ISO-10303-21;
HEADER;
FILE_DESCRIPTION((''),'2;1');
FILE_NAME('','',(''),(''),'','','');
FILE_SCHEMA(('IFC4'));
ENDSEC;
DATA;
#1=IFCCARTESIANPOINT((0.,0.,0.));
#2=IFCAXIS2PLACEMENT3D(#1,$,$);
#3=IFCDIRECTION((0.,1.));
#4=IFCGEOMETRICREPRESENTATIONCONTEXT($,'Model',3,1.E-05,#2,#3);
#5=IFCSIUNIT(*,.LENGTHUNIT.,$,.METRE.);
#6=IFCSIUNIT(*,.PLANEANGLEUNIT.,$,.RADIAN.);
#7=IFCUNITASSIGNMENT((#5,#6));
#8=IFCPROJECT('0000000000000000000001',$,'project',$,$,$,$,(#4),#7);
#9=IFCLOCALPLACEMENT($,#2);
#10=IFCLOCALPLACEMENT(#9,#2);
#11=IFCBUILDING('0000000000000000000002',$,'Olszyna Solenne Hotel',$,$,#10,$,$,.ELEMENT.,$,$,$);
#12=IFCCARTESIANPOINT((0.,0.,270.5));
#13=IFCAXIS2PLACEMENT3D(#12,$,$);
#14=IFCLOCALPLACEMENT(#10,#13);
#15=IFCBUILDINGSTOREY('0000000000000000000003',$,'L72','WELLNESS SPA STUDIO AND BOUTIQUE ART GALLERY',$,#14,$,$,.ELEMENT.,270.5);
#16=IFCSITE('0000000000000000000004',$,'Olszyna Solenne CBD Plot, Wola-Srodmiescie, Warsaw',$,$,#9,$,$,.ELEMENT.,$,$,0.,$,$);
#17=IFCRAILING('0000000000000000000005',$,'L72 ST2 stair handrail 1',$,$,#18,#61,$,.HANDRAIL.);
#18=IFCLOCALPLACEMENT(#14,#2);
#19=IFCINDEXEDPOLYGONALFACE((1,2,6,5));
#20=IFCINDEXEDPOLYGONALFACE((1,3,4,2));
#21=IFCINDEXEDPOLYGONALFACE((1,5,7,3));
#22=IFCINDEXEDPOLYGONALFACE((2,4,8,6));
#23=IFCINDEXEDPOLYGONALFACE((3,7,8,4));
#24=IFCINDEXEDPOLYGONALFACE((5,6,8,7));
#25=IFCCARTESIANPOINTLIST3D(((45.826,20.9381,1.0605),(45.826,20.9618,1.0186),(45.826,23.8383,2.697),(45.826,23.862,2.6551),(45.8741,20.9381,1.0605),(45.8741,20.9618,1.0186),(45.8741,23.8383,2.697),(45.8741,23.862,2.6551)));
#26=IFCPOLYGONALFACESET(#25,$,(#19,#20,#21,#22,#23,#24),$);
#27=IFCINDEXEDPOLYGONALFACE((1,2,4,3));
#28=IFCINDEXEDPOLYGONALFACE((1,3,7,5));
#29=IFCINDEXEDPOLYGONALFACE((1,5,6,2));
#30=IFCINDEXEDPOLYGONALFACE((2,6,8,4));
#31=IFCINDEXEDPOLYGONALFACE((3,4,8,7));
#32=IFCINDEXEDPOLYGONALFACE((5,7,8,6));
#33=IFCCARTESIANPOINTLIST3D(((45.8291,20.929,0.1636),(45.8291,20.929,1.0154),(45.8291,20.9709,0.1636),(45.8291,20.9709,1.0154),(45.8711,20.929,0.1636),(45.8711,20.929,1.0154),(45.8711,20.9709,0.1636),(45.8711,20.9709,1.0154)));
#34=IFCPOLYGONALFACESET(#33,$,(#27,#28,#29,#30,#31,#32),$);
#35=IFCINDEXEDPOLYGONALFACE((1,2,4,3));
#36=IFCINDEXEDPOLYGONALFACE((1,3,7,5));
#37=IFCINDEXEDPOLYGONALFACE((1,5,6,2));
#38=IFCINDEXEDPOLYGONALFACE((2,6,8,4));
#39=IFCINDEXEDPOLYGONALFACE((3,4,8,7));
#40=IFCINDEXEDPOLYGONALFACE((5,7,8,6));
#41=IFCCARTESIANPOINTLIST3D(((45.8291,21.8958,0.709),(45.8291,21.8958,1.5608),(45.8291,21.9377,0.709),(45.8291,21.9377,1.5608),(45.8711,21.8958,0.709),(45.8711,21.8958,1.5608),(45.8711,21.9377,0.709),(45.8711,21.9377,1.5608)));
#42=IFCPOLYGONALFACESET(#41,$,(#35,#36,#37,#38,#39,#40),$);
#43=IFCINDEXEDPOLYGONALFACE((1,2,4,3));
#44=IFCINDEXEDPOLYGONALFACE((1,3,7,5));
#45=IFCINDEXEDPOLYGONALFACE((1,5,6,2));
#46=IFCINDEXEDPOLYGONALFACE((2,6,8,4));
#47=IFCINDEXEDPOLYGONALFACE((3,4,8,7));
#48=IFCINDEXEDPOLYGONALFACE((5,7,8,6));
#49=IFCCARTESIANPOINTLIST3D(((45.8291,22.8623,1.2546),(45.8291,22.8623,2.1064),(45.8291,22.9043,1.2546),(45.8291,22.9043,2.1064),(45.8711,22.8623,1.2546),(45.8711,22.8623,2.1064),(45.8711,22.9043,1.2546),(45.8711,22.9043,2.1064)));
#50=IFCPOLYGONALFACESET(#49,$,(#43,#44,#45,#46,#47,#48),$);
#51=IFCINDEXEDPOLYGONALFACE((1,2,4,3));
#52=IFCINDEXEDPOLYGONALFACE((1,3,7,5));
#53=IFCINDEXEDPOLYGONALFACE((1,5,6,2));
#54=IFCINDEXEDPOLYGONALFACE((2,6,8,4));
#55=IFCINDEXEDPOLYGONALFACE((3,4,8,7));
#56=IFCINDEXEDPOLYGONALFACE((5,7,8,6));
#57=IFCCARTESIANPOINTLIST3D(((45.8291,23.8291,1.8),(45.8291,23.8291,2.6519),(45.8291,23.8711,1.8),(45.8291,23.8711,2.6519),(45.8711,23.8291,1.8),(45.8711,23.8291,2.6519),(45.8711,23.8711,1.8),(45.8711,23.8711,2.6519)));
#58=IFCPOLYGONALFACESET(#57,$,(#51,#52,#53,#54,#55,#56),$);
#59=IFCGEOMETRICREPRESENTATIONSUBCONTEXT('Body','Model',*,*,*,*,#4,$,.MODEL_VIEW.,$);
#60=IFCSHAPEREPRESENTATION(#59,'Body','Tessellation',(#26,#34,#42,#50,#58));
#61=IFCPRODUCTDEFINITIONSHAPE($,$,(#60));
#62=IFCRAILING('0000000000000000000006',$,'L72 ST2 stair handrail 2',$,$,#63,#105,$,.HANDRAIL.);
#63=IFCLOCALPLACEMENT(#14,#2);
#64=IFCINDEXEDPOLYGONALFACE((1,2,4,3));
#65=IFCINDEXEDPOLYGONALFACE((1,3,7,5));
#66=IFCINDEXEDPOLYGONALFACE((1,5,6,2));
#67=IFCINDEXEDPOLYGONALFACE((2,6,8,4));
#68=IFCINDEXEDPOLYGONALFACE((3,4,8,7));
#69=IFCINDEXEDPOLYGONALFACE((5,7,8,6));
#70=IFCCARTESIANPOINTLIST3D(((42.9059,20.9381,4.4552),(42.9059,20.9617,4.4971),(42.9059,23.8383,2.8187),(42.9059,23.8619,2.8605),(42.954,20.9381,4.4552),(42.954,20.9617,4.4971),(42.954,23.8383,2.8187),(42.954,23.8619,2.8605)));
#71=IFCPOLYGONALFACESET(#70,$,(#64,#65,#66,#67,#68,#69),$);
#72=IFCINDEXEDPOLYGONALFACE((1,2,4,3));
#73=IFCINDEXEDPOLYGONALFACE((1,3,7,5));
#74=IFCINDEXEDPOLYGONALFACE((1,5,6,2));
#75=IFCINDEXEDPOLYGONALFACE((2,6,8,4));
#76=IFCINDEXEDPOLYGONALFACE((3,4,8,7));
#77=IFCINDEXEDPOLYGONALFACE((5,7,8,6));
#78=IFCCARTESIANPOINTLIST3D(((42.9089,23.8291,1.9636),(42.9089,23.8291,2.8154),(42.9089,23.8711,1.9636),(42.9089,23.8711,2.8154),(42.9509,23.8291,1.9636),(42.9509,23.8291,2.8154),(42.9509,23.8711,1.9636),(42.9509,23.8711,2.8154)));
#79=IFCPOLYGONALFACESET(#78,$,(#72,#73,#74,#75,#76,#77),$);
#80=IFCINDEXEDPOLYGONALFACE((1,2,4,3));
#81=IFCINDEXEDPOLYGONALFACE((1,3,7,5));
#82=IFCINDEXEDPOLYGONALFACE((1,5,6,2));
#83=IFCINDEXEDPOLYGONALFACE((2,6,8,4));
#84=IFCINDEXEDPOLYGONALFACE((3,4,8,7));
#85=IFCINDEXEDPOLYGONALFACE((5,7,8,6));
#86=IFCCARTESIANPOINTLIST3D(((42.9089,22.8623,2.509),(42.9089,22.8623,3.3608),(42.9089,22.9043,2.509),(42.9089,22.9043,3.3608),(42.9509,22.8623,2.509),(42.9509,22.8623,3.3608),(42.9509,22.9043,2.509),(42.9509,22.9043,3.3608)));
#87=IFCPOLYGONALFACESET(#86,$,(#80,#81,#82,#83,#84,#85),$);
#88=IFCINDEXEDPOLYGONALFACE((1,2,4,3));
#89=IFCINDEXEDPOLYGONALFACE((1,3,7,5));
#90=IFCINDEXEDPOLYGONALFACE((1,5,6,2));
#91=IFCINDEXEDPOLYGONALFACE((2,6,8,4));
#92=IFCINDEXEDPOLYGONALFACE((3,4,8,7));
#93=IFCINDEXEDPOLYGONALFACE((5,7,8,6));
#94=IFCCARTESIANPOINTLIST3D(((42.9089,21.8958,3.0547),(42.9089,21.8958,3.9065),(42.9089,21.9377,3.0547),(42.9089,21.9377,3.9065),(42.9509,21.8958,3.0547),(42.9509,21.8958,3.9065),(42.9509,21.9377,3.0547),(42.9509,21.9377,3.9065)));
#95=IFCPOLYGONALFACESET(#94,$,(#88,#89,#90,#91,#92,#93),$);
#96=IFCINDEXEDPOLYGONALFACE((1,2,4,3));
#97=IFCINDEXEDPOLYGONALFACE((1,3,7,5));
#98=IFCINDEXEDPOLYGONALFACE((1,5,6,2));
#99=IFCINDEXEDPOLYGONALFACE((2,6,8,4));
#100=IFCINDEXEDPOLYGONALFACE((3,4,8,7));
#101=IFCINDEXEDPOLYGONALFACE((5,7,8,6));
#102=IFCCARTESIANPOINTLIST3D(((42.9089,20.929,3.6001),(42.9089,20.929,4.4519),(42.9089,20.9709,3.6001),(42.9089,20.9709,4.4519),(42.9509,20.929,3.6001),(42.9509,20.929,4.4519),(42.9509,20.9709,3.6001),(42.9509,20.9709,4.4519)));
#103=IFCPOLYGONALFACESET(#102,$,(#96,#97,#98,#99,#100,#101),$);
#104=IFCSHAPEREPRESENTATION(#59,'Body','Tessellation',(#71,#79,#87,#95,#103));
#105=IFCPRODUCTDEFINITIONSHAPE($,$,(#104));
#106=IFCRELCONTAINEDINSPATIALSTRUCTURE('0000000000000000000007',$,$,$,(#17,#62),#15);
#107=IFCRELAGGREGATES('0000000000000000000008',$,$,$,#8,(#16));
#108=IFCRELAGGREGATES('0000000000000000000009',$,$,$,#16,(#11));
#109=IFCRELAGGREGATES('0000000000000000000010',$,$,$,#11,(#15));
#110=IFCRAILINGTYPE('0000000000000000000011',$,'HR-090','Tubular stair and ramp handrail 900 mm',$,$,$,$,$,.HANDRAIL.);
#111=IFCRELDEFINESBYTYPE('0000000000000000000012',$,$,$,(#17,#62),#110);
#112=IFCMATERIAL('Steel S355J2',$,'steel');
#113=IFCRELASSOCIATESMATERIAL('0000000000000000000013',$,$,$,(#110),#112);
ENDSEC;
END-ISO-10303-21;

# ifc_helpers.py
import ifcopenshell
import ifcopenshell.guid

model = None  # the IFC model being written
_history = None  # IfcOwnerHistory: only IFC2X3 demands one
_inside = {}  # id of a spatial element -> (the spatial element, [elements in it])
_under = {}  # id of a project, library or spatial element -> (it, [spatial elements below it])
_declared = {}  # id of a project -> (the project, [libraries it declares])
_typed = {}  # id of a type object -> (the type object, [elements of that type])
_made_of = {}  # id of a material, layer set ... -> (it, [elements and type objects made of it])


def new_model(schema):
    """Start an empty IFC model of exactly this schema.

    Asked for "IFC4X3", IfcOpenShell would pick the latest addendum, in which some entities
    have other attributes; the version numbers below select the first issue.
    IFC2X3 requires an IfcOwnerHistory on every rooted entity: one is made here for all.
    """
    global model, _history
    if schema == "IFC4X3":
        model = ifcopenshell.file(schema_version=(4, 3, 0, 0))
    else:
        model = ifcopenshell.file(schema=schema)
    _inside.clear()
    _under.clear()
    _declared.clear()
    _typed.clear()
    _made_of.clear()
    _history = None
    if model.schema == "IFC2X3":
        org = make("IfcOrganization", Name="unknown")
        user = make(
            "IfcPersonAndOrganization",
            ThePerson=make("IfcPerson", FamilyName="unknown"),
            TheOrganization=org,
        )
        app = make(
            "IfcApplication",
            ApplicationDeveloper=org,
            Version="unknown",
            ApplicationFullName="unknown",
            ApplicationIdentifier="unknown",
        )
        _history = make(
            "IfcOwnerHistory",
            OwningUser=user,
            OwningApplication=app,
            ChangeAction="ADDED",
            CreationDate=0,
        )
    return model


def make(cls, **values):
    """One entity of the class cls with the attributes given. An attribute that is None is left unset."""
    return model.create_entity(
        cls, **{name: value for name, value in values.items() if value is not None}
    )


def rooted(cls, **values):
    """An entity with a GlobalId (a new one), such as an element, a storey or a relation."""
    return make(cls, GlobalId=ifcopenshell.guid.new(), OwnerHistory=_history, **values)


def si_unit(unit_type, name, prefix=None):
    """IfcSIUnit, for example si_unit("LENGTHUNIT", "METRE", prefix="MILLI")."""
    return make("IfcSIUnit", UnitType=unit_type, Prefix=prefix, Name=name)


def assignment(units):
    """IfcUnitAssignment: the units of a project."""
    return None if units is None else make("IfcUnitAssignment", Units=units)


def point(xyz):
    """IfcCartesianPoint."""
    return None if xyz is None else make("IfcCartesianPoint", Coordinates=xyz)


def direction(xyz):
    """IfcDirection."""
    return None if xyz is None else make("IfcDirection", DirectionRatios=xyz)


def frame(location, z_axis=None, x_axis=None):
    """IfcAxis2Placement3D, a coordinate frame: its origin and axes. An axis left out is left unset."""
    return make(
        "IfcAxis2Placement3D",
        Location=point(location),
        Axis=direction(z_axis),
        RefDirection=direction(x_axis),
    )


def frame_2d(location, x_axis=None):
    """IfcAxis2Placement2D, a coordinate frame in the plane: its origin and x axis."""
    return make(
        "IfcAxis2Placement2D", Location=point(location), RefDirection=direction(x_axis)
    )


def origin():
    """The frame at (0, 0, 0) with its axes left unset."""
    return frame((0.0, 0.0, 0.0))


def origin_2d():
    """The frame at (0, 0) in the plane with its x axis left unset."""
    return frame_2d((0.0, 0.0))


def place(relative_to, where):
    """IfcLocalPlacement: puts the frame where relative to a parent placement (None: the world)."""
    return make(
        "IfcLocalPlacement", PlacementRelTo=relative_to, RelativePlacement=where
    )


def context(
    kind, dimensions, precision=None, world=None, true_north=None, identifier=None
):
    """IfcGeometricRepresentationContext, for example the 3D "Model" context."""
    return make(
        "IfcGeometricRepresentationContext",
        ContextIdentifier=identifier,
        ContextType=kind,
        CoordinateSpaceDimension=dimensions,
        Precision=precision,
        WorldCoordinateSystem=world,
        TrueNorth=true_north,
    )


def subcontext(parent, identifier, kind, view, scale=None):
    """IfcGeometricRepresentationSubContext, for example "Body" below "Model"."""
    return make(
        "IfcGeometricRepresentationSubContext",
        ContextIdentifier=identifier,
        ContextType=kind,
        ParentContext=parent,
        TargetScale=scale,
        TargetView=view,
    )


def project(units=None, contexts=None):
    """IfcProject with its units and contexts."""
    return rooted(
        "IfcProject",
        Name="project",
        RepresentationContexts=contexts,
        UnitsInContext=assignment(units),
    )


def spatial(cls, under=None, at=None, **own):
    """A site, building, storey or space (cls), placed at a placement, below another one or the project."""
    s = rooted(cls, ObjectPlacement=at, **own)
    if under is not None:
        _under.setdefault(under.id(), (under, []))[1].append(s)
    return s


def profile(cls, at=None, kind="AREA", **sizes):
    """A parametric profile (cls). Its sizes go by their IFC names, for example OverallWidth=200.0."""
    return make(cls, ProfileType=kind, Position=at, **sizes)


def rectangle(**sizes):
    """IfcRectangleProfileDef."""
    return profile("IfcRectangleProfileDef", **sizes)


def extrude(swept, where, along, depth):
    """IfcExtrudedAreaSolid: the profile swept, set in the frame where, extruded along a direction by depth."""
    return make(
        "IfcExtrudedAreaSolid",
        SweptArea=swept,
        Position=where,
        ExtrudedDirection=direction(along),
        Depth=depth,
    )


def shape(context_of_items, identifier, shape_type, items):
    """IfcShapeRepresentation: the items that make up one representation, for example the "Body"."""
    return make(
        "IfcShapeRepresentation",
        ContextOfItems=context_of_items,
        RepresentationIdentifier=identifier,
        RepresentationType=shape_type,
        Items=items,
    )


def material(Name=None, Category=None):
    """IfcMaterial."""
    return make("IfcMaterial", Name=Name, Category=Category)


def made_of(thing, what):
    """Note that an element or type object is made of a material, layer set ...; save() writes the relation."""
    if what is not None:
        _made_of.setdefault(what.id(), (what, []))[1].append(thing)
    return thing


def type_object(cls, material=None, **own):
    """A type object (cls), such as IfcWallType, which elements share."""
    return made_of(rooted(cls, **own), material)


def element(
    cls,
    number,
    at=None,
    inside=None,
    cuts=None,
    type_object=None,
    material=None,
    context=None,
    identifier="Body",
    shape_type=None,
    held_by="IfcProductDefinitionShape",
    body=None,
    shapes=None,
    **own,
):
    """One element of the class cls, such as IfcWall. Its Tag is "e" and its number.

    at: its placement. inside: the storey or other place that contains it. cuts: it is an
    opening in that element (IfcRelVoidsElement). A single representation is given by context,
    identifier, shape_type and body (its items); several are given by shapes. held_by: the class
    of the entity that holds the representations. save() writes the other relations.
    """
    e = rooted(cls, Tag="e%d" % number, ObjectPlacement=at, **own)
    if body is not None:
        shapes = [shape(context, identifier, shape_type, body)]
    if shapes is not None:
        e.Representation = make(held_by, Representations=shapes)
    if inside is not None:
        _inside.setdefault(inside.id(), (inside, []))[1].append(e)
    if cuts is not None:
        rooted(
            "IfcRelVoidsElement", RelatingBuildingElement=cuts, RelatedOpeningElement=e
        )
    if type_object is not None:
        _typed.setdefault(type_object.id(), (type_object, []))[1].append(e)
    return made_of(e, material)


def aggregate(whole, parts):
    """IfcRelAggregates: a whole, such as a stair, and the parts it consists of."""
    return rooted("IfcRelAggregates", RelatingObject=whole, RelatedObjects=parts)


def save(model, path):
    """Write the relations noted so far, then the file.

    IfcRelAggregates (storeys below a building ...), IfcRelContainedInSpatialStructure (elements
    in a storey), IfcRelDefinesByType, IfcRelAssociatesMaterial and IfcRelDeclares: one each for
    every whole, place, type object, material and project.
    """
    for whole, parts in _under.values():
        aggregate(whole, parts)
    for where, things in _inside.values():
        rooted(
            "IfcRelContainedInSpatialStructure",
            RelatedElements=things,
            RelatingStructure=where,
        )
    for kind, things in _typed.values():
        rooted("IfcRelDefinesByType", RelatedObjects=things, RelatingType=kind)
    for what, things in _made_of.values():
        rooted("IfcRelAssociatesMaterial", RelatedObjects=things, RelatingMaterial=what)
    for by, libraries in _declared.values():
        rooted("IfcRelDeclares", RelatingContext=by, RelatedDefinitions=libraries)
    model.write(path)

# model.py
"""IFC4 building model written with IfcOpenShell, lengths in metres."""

from ifc_helpers import new_model, si_unit, direction, frame, origin, origin_2d, place, context, subcontext, project, spatial, rectangle, extrude, material, type_object, element, save


model = new_model("IFC4")

# Units and contexts
model_context = context("Model", 3, precision=1e-05, world=origin(), true_north=direction((0.0, 1.0)))
body_context = subcontext(model_context, "Body", "Model", "MODEL_VIEW")
ifc_project = project(units=[si_unit("LENGTHUNIT", "METRE"), si_unit("PLANEANGLEUNIT", "RADIAN")], contexts=[model_context])

# Site, building, storey
site_placement = place(None, origin())
site = spatial("IfcSite", under=ifc_project, at=site_placement, Name="Olszyna Solenne CBD Plot, Wola-Srodmiescie, Warsaw", CompositionType="ELEMENT", RefElevation=0.0)
building_placement = place(site_placement, origin())
building = spatial("IfcBuilding", under=site, at=building_placement, Name="Olszyna Solenne Hotel", CompositionType="ELEMENT")
storey_placement = place(building_placement, frame((0.0, 0.0, 270.5)))
storey = spatial("IfcBuildingStorey", under=building, at=storey_placement, Name="L72", Description="WELLNESS SPA STUDIO AND BOUTIQUE ART GALLERY", CompositionType="ELEMENT", Elevation=270.5)

# Shared definitions
ifc_material_1 = material(Name="Steel S355J2", Category="steel")

# Railings
railing_type_1 = type_object("IfcRailingType", Name="HR-090", Description="Tubular stair and ramp handrail 900 mm", PredefinedType="HANDRAIL", material=ifc_material_1)
railing_1_placement = place(storey_placement, frame((45.8501, 20.95, 0.1636)))
element("IfcRailing", 1, at=railing_1_placement, inside=storey, type_object=railing_type_1, Name="L72 ST2 stair handrail 1", PredefinedType="HANDRAIL", context=body_context, shape_type="SweptSolid", body=[
    extrude(rectangle(XDim=0.0481, YDim=0.0481, at=origin_2d()), frame((0.0, 0.0, 0.876), z_axis=(0.0, 0.870915, 0.491434), x_axis=(-1.0, 0.0, 0.0)), (0.0, 0.0, 1.0), 3.3301),
    extrude(rectangle(XDim=0.042, YDim=0.042, at=origin_2d()), origin(), (0.0, 0.0, 1.0), 0.8518),
    extrude(rectangle(XDim=0.042, YDim=0.042, at=origin_2d()), frame((0.0, 0.9668, 0.5454)), (0.0, 0.0, 1.0), 0.8518),
    extrude(rectangle(XDim=0.042, YDim=0.042, at=origin_2d()), frame((0.0, 1.9333, 1.0911)), (0.0, 0.0, 1.0), 0.8518),
    extrude(rectangle(XDim=0.042, YDim=0.042, at=origin_2d()), frame((0.0, 2.9001, 1.6365)), (0.0, 0.0, 1.0), 0.8518),
])
railing_2_placement = place(storey_placement, frame((42.9299, 23.8501, 1.9636)))
element("IfcRailing", 2, at=railing_2_placement, inside=storey, type_object=railing_type_1, Name="L72 ST2 stair handrail 2", PredefinedType="HANDRAIL", context=body_context, shape_type="SweptSolid", body=[
    extrude(rectangle(XDim=0.0481, YDim=0.0481, at=origin_2d()), frame((0.0, 0.0, 0.876), z_axis=(0.0, -0.870915, 0.491434), x_axis=(1.0, 0.0, 0.0)), (0.0, 0.0, 1.0), 3.3301),
    extrude(rectangle(XDim=0.042, YDim=0.042, at=origin_2d()), origin(), (0.0, 0.0, 1.0), 0.8518),
    extrude(rectangle(XDim=0.042, YDim=0.042, at=origin_2d()), frame((0.0, -0.9668, 0.5454)), (0.0, 0.0, 1.0), 0.8518),
    extrude(rectangle(XDim=0.042, YDim=0.042, at=origin_2d()), frame((0.0, -1.9333, 1.0911)), (0.0, 0.0, 1.0), 0.8518),
    extrude(rectangle(XDim=0.042, YDim=0.042, at=origin_2d()), frame((0.0, -2.9001, 1.6365)), (0.0, 0.0, 1.0), 0.8518),
])

save(model, "model.ifc")
